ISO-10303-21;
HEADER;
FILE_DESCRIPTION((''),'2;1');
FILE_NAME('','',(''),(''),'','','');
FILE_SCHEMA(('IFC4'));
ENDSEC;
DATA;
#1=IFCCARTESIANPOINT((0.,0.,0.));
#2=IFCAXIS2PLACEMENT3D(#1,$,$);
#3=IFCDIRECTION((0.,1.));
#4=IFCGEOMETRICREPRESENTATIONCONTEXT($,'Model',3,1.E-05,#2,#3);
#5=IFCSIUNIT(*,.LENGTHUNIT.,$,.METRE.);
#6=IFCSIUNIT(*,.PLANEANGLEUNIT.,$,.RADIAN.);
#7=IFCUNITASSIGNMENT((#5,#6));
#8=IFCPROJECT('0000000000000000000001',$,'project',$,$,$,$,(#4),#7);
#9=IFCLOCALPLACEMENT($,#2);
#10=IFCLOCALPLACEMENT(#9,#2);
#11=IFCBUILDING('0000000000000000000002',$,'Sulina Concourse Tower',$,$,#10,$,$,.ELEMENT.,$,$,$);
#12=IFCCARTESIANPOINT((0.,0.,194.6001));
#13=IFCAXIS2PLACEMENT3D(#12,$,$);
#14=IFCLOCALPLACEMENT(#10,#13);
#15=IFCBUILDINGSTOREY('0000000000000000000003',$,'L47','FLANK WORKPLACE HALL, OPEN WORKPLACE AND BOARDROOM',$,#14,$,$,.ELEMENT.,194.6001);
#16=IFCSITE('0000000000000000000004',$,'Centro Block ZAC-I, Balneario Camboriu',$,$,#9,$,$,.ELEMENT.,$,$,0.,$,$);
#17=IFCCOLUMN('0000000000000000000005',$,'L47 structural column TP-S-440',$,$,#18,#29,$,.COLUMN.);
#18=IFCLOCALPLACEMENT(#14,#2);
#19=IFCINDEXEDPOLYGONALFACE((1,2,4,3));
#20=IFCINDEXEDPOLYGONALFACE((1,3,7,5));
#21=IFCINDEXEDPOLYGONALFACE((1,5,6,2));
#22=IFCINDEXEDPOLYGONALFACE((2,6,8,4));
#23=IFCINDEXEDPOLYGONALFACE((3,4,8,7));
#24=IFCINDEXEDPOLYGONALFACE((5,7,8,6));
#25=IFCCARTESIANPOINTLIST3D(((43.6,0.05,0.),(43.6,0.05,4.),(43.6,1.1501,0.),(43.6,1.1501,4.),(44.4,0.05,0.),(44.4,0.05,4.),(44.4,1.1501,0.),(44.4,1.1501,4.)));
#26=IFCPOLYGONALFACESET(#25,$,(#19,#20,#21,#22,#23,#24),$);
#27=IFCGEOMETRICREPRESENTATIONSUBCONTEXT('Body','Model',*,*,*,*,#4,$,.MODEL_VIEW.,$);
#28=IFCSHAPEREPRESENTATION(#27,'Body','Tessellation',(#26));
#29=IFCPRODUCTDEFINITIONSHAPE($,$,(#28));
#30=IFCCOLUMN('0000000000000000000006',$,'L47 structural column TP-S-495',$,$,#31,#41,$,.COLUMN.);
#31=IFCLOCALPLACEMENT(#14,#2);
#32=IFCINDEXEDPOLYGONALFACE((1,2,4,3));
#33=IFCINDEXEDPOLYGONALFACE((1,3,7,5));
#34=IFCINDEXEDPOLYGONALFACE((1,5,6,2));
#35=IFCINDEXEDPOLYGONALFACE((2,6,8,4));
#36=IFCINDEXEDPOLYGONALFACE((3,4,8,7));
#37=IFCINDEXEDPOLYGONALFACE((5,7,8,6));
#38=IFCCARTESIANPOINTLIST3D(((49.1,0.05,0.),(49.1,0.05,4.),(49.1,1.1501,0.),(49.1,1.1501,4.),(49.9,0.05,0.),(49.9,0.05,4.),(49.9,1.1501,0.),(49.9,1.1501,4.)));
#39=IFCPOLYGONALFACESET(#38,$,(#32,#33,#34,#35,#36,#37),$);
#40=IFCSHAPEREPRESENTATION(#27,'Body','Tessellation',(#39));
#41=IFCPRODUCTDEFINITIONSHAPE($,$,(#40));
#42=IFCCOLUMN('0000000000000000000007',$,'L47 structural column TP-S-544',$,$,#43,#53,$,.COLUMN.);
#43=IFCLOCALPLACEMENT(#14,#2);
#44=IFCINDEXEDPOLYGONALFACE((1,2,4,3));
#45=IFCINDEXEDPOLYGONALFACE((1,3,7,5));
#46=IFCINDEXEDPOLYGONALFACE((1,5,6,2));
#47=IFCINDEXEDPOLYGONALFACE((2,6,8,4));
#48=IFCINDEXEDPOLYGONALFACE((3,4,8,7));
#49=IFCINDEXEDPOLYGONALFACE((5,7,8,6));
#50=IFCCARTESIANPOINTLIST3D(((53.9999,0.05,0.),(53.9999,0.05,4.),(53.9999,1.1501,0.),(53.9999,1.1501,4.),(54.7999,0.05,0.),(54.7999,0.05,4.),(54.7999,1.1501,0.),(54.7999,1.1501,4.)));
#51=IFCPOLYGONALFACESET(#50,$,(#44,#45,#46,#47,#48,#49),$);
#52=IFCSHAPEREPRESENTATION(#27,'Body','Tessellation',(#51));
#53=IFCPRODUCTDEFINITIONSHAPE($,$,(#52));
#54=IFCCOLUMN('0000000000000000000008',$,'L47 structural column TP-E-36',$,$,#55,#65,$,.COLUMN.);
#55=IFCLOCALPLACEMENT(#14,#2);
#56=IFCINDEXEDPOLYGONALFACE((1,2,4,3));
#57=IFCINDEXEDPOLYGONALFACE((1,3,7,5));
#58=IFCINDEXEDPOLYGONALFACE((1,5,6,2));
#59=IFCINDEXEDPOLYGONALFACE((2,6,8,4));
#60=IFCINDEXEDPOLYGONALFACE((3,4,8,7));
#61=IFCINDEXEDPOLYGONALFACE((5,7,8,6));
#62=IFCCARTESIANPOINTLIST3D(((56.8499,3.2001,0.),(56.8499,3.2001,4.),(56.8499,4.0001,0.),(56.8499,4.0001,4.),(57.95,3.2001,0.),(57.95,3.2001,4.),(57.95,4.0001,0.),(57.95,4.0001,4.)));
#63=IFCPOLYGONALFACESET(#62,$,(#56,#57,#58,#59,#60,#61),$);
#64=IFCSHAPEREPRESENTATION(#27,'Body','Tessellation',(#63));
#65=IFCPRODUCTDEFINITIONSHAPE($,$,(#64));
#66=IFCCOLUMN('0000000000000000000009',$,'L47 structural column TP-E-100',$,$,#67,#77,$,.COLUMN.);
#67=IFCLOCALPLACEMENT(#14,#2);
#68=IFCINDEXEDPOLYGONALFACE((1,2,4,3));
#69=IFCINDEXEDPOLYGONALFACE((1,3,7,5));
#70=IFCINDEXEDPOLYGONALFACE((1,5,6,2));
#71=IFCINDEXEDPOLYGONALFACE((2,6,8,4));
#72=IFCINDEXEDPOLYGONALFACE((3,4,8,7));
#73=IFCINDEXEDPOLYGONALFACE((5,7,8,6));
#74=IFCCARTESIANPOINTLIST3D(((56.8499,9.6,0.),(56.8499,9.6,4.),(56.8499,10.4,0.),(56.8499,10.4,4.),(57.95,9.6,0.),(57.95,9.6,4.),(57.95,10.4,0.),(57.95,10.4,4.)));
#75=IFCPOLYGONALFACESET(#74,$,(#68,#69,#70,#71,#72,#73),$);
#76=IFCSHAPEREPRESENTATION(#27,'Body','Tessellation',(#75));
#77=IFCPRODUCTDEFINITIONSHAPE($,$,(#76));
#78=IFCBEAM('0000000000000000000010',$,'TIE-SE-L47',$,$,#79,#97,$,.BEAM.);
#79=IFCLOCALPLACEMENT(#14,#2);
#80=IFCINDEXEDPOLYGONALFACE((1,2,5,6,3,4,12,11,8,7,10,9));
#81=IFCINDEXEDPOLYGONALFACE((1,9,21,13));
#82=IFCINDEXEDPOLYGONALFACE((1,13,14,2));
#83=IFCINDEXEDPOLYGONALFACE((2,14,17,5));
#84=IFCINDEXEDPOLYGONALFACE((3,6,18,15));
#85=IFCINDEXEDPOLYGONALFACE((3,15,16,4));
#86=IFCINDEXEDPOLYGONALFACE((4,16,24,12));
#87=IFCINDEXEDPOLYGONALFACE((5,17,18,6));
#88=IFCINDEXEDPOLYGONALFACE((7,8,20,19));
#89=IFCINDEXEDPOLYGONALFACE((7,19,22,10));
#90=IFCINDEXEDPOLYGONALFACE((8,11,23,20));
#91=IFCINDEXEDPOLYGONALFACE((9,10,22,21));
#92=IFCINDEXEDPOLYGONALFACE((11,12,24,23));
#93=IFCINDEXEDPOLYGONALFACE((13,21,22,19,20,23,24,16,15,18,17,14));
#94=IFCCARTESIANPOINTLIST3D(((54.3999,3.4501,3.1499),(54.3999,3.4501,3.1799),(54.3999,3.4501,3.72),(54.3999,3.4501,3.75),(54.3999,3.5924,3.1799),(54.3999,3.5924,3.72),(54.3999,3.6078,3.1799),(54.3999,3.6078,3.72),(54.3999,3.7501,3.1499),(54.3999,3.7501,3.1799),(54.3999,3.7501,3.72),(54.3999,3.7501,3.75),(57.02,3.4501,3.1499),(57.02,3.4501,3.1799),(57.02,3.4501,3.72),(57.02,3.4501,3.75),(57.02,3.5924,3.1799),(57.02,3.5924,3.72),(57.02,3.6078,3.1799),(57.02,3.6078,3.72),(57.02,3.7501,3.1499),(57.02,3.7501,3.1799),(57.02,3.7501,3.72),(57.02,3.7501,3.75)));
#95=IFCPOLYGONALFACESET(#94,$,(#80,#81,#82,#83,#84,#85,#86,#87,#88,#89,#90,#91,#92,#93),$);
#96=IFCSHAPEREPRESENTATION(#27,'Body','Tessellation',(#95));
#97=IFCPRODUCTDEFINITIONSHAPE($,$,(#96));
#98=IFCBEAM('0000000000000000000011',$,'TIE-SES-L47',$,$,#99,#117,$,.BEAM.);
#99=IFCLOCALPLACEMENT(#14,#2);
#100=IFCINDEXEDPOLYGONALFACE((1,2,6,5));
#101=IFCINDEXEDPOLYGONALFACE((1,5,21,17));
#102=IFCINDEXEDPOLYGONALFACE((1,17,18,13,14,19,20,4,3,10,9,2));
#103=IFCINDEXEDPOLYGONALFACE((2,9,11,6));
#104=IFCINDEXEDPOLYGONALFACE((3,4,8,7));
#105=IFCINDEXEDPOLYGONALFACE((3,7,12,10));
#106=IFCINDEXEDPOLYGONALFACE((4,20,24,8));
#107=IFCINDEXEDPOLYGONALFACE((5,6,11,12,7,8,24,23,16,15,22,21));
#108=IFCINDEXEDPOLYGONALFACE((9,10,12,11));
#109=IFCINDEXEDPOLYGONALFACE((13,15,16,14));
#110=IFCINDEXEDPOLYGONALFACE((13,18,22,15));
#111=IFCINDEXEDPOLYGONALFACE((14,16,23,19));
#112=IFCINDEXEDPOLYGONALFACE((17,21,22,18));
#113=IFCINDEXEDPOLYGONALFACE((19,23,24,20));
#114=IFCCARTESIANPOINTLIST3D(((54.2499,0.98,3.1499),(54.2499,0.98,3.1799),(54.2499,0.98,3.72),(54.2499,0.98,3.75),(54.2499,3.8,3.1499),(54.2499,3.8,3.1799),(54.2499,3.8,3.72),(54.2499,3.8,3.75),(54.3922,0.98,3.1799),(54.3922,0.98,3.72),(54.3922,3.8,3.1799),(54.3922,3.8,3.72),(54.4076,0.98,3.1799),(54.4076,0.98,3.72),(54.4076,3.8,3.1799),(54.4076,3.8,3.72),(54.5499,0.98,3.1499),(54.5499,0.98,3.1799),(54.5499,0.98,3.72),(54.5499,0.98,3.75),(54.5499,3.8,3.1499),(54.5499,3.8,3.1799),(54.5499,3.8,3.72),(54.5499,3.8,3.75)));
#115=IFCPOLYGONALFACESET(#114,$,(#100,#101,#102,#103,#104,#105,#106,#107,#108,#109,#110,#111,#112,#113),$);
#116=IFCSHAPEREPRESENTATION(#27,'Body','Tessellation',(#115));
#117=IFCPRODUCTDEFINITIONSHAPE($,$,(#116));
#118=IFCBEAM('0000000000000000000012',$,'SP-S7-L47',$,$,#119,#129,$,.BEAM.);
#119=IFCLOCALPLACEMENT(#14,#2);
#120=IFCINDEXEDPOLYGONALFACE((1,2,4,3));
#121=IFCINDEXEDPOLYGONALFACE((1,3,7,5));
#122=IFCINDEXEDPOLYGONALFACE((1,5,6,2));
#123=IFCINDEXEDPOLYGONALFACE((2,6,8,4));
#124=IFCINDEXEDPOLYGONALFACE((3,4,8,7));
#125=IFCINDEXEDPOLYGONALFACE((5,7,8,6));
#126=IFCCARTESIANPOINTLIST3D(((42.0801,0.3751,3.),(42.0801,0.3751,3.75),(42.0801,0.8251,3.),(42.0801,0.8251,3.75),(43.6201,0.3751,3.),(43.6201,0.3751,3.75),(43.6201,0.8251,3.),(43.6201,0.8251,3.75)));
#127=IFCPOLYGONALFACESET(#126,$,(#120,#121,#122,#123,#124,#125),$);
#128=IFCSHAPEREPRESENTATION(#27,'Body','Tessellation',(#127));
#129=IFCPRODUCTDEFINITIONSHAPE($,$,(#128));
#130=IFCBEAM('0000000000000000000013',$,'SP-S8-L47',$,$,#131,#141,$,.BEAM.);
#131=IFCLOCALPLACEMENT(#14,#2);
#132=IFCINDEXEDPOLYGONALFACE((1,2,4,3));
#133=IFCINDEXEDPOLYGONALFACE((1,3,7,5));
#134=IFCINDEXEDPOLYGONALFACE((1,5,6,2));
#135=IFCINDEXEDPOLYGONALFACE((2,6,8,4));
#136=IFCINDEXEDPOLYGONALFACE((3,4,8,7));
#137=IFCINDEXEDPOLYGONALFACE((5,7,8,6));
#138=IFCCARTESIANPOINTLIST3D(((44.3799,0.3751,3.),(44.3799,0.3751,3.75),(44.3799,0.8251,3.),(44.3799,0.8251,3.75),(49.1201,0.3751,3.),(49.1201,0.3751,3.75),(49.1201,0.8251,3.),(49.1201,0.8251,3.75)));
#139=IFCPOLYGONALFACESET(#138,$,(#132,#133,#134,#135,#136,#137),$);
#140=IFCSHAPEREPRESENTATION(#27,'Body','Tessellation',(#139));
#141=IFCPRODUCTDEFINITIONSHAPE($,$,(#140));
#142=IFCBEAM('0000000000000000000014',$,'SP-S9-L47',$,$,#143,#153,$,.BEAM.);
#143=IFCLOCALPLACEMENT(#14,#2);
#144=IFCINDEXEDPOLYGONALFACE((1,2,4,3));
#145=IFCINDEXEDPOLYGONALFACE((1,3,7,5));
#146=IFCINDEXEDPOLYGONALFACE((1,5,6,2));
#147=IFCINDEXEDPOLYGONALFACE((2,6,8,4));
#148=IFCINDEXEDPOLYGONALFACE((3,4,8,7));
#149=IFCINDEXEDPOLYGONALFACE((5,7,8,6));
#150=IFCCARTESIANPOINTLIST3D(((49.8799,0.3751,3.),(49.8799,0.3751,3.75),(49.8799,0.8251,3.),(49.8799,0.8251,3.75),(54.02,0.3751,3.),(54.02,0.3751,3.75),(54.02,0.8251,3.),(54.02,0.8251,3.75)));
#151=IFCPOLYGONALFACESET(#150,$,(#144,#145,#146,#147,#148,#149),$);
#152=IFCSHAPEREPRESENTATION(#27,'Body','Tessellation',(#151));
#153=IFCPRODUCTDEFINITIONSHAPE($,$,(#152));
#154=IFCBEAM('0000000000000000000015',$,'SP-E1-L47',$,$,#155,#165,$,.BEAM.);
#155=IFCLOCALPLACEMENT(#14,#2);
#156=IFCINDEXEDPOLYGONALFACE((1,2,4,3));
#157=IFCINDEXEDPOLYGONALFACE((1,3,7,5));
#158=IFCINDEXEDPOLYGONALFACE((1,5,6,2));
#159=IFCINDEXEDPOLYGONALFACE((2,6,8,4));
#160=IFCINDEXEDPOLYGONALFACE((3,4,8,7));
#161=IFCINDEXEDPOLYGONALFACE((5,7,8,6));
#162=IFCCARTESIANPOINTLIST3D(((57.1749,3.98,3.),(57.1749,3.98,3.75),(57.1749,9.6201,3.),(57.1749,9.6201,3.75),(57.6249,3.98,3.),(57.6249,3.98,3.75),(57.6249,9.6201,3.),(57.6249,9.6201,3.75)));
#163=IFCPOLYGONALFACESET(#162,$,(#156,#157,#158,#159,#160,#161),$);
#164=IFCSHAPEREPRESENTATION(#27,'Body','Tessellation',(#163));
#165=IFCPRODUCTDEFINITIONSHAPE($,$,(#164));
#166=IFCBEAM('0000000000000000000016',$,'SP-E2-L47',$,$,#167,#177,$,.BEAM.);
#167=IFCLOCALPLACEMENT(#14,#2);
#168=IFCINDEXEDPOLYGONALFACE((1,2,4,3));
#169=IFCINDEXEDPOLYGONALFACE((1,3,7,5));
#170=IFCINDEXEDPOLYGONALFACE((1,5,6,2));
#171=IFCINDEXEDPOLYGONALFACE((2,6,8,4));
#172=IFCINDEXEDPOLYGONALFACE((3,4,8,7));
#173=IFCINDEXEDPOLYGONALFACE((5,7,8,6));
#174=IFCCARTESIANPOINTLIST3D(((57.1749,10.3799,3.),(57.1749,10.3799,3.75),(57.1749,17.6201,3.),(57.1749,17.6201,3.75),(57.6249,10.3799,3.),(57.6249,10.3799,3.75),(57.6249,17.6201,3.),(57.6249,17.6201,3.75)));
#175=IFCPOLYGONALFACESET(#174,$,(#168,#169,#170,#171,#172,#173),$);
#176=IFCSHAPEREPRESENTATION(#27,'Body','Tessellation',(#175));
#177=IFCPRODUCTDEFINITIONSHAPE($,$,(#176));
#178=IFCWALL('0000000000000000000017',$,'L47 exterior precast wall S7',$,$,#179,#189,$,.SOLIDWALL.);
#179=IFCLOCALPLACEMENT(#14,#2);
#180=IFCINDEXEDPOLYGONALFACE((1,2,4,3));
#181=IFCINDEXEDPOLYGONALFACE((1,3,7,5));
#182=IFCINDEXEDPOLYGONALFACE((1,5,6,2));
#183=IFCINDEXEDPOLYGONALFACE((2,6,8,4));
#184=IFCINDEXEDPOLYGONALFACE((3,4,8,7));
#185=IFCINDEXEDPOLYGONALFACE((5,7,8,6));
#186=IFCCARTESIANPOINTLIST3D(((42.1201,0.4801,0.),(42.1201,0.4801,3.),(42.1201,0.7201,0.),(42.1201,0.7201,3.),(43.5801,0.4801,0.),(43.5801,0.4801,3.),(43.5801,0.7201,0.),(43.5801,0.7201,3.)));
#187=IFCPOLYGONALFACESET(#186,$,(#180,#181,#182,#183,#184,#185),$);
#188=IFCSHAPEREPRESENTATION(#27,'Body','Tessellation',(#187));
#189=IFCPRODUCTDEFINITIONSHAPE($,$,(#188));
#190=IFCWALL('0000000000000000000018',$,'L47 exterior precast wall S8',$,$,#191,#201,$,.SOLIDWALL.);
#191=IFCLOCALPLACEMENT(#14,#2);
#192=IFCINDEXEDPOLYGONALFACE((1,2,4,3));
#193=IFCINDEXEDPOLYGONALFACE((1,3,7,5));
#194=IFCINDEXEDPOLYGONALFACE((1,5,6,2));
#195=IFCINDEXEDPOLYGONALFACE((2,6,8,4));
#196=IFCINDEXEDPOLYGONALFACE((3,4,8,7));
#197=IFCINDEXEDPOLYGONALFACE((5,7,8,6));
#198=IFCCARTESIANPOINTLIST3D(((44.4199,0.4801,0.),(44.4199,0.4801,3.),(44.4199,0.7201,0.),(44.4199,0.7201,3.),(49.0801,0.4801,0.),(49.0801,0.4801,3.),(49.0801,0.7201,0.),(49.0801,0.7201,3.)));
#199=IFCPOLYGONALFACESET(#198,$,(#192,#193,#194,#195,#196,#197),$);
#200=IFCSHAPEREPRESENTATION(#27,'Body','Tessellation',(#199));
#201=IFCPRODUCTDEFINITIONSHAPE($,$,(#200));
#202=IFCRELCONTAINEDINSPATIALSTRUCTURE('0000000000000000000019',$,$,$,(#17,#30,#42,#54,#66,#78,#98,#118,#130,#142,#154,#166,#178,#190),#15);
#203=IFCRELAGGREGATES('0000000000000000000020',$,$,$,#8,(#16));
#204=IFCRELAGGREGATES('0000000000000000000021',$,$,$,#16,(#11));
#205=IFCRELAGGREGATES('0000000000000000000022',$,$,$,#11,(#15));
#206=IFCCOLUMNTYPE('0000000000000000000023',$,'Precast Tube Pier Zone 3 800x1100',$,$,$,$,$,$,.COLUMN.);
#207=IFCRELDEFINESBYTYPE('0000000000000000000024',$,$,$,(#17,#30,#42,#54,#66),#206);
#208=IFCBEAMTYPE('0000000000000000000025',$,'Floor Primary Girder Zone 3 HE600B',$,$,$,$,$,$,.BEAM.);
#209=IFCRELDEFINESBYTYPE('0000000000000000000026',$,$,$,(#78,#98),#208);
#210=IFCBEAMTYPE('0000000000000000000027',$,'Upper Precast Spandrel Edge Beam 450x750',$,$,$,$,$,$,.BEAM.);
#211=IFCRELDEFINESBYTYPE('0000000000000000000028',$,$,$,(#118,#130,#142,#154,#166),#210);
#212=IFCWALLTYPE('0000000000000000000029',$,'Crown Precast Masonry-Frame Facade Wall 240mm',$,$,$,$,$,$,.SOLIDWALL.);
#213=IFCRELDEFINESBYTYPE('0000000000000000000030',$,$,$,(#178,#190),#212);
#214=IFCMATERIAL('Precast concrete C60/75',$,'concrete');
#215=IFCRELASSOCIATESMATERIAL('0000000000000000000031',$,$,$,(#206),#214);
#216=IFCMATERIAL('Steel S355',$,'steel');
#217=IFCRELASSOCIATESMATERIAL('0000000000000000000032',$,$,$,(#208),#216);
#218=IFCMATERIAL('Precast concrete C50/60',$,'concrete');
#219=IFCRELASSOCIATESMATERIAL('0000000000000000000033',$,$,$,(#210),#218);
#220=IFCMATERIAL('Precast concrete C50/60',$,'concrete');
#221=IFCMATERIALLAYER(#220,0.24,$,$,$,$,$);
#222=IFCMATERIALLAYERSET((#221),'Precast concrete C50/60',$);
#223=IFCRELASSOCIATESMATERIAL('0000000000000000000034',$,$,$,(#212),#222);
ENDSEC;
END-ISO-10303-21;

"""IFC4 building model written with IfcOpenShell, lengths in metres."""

from ifc_helpers import new_model, si_unit, direction, frame, frame_2d, origin, origin_2d, place, context, subcontext, project, spatial, rectangle, i_section, extrude, material, layer, layer_set, material_profile, profile_set, type_object, element, save


model = new_model("IFC4")

# Units and contexts
model_context = context("Model", 3, precision=1e-05, world=origin(), true_north=direction((0.0, 1.0)))
body_context = subcontext(model_context, "Body", "Model", "MODEL_VIEW")
ifc_project = project(units=[si_unit("LENGTHUNIT", "METRE"), si_unit("PLANEANGLEUNIT", "RADIAN")], contexts=[model_context])

# Site, building, storey
site_placement = place(None, origin())
site = spatial("IfcSite", under=ifc_project, at=site_placement, Name="Centro Block ZAC-I, Balneario Camboriu", CompositionType="ELEMENT", RefElevation=0.0)
building_placement = place(site_placement, origin())
building = spatial("IfcBuilding", under=site, at=building_placement, Name="Sulina Concourse Tower", CompositionType="ELEMENT")
storey_placement = place(building_placement, frame((0.0, 0.0, 194.6001)))
storey = spatial("IfcBuildingStorey", under=building, at=storey_placement, Name="L47", Description="FLANK WORKPLACE HALL, OPEN WORKPLACE AND BOARDROOM", CompositionType="ELEMENT", Elevation=194.6001)

# Columns
ifc_material_1 = material(Name="Precast concrete C60/75", Category="concrete")
ifc_material_profile_1 = material_profile(ifc_material_1, rectangle(XDim=0.8, YDim=1.1001, at=origin_2d()), Name="PC 800x1100")
ifc_profile_set_1 = profile_set([ifc_material_profile_1], Name="Precast concrete C60/75")
column_type = type_object("IfcColumnType", Name="Precast Tube Pier Zone 3 800x1100", PredefinedType="COLUMN", material=ifc_profile_set_1)
for number, where, z_axis, x_axis, name in (
    (1, (44.0, 0.6001, 0.0), (0.0, 0.0, 1.0), (1.0, 0.0, 0.0), "L47 structural column TP-S-440"),
    (2, (49.5, 0.6001, 0.0), (0.0, 0.0, 1.0), (1.0, 0.0, 0.0), "L47 structural column TP-S-495"),
    (3, (54.3999, 0.6001, 0.0), (0.0, 0.0, 1.0), (1.0, 0.0, 0.0), "L47 structural column TP-S-544"),
    (4, (57.3999, 3.6001, 0.0), (0.0, 0.0, 1.0), (0.0, 1.0, 0.0), "L47 structural column TP-E-36"),
    (5, (57.3999, 10.0, 0.0), (0.0, 0.0, 1.0), (0.0, 1.0, 0.0), "L47 structural column TP-E-100"),
):
    element("IfcColumn", number, at=place(storey_placement, frame(where, z_axis=z_axis, x_axis=x_axis)), inside=storey, type_object=column_type, Name=name, PredefinedType="COLUMN", context=body_context, shape_type="SweptSolid", body=[
        extrude(rectangle(XDim=0.8, YDim=1.1001, at=origin_2d()), origin(), (0.0, 0.0, 1.0), 4.0),
    ])

# Beams
ifc_material_2 = material(Name="Steel S355", Category="steel")
ifc_material_profile_2 = material_profile(ifc_material_2, i_section(OverallWidth=0.3, OverallDepth=0.6001, WebThickness=0.0154, FlangeThickness=0.03, at=origin_2d()), Name="HE 600 B")
ifc_profile_set_2 = profile_set([ifc_material_profile_2], Name="Steel S355")
beam_type_1 = type_object("IfcBeamType", Name="Floor Primary Girder Zone 3 HE600B", PredefinedType="BEAM", material=ifc_profile_set_2)
beam_1_placement = place(storey_placement, frame((54.3999, 3.6001, 3.45), z_axis=(1.0, 0.0, 0.0), x_axis=(0.0, 1.0, 0.0)))
element("IfcBeam", 6, at=beam_1_placement, inside=storey, type_object=beam_type_1, Name="TIE-SE-L47", PredefinedType="BEAM", context=body_context, shape_type="SweptSolid", body=[
    extrude(i_section(OverallWidth=0.3, OverallDepth=0.6001, WebThickness=0.0154, FlangeThickness=0.03, at=origin_2d()), origin(), (0.0, 0.0, 1.0), 2.6201),
])
beam_2_placement = place(storey_placement, frame((54.3999, 0.98, 3.45), z_axis=(0.0, 1.0, 0.0), x_axis=(-1.0, 0.0, 0.0)))
element("IfcBeam", 7, at=beam_2_placement, inside=storey, type_object=beam_type_1, Name="TIE-SES-L47", PredefinedType="BEAM", context=body_context, shape_type="SweptSolid", body=[
    extrude(i_section(OverallWidth=0.3, OverallDepth=0.6001, WebThickness=0.0154, FlangeThickness=0.03, at=origin_2d()), origin(), (0.0, 0.0, 1.0), 2.8201),
])
ifc_material_3 = material(Name="Precast concrete C50/60", Category="concrete")
ifc_material_profile_3 = material_profile(ifc_material_3, rectangle(XDim=0.45, YDim=0.75, at=origin_2d()), Name="RC 450x750")
ifc_profile_set_3 = profile_set([ifc_material_profile_3], Name="Precast concrete C50/60")
beam_type_2 = type_object("IfcBeamType", Name="Upper Precast Spandrel Edge Beam 450x750", PredefinedType="BEAM", material=ifc_profile_set_3)
beam_3_placement = place(storey_placement, frame((42.0801, 0.6001, 3.375), z_axis=(1.0, 0.0, 0.0), x_axis=(0.0, 1.0, 0.0)))
element("IfcBeam", 8, at=beam_3_placement, inside=storey, type_object=beam_type_2, Name="SP-S7-L47", PredefinedType="BEAM", context=body_context, shape_type="SweptSolid", body=[
    extrude(rectangle(XDim=0.45, YDim=0.75, at=origin_2d()), origin(), (0.0, 0.0, 1.0), 1.54),
])
beam_4_placement = place(storey_placement, frame((44.3799, 0.6001, 3.375), z_axis=(1.0, 0.0, 0.0), x_axis=(0.0, 1.0, 0.0)))
element("IfcBeam", 9, at=beam_4_placement, inside=storey, type_object=beam_type_2, Name="SP-S8-L47", PredefinedType="BEAM", context=body_context, shape_type="SweptSolid", body=[
    extrude(rectangle(XDim=0.45, YDim=0.75, at=origin_2d()), origin(), (0.0, 0.0, 1.0), 4.7402),
])
beam_5_placement = place(storey_placement, frame((49.8799, 0.6001, 3.375), z_axis=(1.0, 0.0, 0.0), x_axis=(0.0, 1.0, 0.0)))
element("IfcBeam", 10, at=beam_5_placement, inside=storey, type_object=beam_type_2, Name="SP-S9-L47", PredefinedType="BEAM", context=body_context, shape_type="SweptSolid", body=[
    extrude(rectangle(XDim=0.45, YDim=0.75, at=origin_2d()), origin(), (0.0, 0.0, 1.0), 4.1401),
])
beam_6_placement = place(storey_placement, frame((57.3999, 3.98, 3.375), z_axis=(0.0, 1.0, 0.0), x_axis=(-1.0, 0.0, 0.0)))
element("IfcBeam", 11, at=beam_6_placement, inside=storey, type_object=beam_type_2, Name="SP-E1-L47", PredefinedType="BEAM", context=body_context, shape_type="SweptSolid", body=[
    extrude(rectangle(XDim=0.45, YDim=0.75, at=origin_2d()), origin(), (0.0, 0.0, 1.0), 5.6401),
])
beam_7_placement = place(storey_placement, frame((57.3999, 10.3799, 3.375), z_axis=(0.0, 1.0, 0.0), x_axis=(-1.0, 0.0, 0.0)))
element("IfcBeam", 12, at=beam_7_placement, inside=storey, type_object=beam_type_2, Name="SP-E2-L47", PredefinedType="BEAM", context=body_context, shape_type="SweptSolid", body=[
    extrude(rectangle(XDim=0.45, YDim=0.75, at=origin_2d()), origin(), (0.0, 0.0, 1.0), 7.2402),
])

# Walls
ifc_material_4 = material(Name="Precast concrete C50/60", Category="concrete")
ifc_layer_1 = layer(ifc_material_4, 0.24)
ifc_layer_set_1 = layer_set([ifc_layer_1], Name="Precast concrete C50/60")
wall_type_1 = type_object("IfcWallType", Name="Crown Precast Masonry-Frame Facade Wall 240mm", PredefinedType="SOLIDWALL", material=ifc_layer_set_1)
wall_1_placement = place(storey_placement, frame((43.5801, 0.6001, 0.0), z_axis=(0.0, 0.0, 1.0), x_axis=(-1.0, 0.0, 0.0)))
element("IfcWall", 13, at=wall_1_placement, inside=storey, type_object=wall_type_1, Name="L47 exterior precast wall S7", PredefinedType="SOLIDWALL", context=body_context, shape_type="SweptSolid", body=[
    extrude(rectangle(XDim=1.46, YDim=0.24, at=frame_2d((0.73, 0.0))), origin(), (0.0, 0.0, 1.0), 3.0),
])
wall_2_placement = place(storey_placement, frame((49.0801, 0.6001, 0.0), z_axis=(0.0, 0.0, 1.0), x_axis=(-1.0, 0.0, 0.0)))
element("IfcWall", 14, at=wall_2_placement, inside=storey, type_object=wall_type_1, Name="L47 exterior precast wall S8", PredefinedType="SOLIDWALL", context=body_context, shape_type="SweptSolid", body=[
    extrude(rectangle(XDim=4.6602, YDim=0.24, at=frame_2d((2.3301, 0.0))), origin(), (0.0, 0.0, 1.0), 3.0),
])

save(model, "model.ifc")
